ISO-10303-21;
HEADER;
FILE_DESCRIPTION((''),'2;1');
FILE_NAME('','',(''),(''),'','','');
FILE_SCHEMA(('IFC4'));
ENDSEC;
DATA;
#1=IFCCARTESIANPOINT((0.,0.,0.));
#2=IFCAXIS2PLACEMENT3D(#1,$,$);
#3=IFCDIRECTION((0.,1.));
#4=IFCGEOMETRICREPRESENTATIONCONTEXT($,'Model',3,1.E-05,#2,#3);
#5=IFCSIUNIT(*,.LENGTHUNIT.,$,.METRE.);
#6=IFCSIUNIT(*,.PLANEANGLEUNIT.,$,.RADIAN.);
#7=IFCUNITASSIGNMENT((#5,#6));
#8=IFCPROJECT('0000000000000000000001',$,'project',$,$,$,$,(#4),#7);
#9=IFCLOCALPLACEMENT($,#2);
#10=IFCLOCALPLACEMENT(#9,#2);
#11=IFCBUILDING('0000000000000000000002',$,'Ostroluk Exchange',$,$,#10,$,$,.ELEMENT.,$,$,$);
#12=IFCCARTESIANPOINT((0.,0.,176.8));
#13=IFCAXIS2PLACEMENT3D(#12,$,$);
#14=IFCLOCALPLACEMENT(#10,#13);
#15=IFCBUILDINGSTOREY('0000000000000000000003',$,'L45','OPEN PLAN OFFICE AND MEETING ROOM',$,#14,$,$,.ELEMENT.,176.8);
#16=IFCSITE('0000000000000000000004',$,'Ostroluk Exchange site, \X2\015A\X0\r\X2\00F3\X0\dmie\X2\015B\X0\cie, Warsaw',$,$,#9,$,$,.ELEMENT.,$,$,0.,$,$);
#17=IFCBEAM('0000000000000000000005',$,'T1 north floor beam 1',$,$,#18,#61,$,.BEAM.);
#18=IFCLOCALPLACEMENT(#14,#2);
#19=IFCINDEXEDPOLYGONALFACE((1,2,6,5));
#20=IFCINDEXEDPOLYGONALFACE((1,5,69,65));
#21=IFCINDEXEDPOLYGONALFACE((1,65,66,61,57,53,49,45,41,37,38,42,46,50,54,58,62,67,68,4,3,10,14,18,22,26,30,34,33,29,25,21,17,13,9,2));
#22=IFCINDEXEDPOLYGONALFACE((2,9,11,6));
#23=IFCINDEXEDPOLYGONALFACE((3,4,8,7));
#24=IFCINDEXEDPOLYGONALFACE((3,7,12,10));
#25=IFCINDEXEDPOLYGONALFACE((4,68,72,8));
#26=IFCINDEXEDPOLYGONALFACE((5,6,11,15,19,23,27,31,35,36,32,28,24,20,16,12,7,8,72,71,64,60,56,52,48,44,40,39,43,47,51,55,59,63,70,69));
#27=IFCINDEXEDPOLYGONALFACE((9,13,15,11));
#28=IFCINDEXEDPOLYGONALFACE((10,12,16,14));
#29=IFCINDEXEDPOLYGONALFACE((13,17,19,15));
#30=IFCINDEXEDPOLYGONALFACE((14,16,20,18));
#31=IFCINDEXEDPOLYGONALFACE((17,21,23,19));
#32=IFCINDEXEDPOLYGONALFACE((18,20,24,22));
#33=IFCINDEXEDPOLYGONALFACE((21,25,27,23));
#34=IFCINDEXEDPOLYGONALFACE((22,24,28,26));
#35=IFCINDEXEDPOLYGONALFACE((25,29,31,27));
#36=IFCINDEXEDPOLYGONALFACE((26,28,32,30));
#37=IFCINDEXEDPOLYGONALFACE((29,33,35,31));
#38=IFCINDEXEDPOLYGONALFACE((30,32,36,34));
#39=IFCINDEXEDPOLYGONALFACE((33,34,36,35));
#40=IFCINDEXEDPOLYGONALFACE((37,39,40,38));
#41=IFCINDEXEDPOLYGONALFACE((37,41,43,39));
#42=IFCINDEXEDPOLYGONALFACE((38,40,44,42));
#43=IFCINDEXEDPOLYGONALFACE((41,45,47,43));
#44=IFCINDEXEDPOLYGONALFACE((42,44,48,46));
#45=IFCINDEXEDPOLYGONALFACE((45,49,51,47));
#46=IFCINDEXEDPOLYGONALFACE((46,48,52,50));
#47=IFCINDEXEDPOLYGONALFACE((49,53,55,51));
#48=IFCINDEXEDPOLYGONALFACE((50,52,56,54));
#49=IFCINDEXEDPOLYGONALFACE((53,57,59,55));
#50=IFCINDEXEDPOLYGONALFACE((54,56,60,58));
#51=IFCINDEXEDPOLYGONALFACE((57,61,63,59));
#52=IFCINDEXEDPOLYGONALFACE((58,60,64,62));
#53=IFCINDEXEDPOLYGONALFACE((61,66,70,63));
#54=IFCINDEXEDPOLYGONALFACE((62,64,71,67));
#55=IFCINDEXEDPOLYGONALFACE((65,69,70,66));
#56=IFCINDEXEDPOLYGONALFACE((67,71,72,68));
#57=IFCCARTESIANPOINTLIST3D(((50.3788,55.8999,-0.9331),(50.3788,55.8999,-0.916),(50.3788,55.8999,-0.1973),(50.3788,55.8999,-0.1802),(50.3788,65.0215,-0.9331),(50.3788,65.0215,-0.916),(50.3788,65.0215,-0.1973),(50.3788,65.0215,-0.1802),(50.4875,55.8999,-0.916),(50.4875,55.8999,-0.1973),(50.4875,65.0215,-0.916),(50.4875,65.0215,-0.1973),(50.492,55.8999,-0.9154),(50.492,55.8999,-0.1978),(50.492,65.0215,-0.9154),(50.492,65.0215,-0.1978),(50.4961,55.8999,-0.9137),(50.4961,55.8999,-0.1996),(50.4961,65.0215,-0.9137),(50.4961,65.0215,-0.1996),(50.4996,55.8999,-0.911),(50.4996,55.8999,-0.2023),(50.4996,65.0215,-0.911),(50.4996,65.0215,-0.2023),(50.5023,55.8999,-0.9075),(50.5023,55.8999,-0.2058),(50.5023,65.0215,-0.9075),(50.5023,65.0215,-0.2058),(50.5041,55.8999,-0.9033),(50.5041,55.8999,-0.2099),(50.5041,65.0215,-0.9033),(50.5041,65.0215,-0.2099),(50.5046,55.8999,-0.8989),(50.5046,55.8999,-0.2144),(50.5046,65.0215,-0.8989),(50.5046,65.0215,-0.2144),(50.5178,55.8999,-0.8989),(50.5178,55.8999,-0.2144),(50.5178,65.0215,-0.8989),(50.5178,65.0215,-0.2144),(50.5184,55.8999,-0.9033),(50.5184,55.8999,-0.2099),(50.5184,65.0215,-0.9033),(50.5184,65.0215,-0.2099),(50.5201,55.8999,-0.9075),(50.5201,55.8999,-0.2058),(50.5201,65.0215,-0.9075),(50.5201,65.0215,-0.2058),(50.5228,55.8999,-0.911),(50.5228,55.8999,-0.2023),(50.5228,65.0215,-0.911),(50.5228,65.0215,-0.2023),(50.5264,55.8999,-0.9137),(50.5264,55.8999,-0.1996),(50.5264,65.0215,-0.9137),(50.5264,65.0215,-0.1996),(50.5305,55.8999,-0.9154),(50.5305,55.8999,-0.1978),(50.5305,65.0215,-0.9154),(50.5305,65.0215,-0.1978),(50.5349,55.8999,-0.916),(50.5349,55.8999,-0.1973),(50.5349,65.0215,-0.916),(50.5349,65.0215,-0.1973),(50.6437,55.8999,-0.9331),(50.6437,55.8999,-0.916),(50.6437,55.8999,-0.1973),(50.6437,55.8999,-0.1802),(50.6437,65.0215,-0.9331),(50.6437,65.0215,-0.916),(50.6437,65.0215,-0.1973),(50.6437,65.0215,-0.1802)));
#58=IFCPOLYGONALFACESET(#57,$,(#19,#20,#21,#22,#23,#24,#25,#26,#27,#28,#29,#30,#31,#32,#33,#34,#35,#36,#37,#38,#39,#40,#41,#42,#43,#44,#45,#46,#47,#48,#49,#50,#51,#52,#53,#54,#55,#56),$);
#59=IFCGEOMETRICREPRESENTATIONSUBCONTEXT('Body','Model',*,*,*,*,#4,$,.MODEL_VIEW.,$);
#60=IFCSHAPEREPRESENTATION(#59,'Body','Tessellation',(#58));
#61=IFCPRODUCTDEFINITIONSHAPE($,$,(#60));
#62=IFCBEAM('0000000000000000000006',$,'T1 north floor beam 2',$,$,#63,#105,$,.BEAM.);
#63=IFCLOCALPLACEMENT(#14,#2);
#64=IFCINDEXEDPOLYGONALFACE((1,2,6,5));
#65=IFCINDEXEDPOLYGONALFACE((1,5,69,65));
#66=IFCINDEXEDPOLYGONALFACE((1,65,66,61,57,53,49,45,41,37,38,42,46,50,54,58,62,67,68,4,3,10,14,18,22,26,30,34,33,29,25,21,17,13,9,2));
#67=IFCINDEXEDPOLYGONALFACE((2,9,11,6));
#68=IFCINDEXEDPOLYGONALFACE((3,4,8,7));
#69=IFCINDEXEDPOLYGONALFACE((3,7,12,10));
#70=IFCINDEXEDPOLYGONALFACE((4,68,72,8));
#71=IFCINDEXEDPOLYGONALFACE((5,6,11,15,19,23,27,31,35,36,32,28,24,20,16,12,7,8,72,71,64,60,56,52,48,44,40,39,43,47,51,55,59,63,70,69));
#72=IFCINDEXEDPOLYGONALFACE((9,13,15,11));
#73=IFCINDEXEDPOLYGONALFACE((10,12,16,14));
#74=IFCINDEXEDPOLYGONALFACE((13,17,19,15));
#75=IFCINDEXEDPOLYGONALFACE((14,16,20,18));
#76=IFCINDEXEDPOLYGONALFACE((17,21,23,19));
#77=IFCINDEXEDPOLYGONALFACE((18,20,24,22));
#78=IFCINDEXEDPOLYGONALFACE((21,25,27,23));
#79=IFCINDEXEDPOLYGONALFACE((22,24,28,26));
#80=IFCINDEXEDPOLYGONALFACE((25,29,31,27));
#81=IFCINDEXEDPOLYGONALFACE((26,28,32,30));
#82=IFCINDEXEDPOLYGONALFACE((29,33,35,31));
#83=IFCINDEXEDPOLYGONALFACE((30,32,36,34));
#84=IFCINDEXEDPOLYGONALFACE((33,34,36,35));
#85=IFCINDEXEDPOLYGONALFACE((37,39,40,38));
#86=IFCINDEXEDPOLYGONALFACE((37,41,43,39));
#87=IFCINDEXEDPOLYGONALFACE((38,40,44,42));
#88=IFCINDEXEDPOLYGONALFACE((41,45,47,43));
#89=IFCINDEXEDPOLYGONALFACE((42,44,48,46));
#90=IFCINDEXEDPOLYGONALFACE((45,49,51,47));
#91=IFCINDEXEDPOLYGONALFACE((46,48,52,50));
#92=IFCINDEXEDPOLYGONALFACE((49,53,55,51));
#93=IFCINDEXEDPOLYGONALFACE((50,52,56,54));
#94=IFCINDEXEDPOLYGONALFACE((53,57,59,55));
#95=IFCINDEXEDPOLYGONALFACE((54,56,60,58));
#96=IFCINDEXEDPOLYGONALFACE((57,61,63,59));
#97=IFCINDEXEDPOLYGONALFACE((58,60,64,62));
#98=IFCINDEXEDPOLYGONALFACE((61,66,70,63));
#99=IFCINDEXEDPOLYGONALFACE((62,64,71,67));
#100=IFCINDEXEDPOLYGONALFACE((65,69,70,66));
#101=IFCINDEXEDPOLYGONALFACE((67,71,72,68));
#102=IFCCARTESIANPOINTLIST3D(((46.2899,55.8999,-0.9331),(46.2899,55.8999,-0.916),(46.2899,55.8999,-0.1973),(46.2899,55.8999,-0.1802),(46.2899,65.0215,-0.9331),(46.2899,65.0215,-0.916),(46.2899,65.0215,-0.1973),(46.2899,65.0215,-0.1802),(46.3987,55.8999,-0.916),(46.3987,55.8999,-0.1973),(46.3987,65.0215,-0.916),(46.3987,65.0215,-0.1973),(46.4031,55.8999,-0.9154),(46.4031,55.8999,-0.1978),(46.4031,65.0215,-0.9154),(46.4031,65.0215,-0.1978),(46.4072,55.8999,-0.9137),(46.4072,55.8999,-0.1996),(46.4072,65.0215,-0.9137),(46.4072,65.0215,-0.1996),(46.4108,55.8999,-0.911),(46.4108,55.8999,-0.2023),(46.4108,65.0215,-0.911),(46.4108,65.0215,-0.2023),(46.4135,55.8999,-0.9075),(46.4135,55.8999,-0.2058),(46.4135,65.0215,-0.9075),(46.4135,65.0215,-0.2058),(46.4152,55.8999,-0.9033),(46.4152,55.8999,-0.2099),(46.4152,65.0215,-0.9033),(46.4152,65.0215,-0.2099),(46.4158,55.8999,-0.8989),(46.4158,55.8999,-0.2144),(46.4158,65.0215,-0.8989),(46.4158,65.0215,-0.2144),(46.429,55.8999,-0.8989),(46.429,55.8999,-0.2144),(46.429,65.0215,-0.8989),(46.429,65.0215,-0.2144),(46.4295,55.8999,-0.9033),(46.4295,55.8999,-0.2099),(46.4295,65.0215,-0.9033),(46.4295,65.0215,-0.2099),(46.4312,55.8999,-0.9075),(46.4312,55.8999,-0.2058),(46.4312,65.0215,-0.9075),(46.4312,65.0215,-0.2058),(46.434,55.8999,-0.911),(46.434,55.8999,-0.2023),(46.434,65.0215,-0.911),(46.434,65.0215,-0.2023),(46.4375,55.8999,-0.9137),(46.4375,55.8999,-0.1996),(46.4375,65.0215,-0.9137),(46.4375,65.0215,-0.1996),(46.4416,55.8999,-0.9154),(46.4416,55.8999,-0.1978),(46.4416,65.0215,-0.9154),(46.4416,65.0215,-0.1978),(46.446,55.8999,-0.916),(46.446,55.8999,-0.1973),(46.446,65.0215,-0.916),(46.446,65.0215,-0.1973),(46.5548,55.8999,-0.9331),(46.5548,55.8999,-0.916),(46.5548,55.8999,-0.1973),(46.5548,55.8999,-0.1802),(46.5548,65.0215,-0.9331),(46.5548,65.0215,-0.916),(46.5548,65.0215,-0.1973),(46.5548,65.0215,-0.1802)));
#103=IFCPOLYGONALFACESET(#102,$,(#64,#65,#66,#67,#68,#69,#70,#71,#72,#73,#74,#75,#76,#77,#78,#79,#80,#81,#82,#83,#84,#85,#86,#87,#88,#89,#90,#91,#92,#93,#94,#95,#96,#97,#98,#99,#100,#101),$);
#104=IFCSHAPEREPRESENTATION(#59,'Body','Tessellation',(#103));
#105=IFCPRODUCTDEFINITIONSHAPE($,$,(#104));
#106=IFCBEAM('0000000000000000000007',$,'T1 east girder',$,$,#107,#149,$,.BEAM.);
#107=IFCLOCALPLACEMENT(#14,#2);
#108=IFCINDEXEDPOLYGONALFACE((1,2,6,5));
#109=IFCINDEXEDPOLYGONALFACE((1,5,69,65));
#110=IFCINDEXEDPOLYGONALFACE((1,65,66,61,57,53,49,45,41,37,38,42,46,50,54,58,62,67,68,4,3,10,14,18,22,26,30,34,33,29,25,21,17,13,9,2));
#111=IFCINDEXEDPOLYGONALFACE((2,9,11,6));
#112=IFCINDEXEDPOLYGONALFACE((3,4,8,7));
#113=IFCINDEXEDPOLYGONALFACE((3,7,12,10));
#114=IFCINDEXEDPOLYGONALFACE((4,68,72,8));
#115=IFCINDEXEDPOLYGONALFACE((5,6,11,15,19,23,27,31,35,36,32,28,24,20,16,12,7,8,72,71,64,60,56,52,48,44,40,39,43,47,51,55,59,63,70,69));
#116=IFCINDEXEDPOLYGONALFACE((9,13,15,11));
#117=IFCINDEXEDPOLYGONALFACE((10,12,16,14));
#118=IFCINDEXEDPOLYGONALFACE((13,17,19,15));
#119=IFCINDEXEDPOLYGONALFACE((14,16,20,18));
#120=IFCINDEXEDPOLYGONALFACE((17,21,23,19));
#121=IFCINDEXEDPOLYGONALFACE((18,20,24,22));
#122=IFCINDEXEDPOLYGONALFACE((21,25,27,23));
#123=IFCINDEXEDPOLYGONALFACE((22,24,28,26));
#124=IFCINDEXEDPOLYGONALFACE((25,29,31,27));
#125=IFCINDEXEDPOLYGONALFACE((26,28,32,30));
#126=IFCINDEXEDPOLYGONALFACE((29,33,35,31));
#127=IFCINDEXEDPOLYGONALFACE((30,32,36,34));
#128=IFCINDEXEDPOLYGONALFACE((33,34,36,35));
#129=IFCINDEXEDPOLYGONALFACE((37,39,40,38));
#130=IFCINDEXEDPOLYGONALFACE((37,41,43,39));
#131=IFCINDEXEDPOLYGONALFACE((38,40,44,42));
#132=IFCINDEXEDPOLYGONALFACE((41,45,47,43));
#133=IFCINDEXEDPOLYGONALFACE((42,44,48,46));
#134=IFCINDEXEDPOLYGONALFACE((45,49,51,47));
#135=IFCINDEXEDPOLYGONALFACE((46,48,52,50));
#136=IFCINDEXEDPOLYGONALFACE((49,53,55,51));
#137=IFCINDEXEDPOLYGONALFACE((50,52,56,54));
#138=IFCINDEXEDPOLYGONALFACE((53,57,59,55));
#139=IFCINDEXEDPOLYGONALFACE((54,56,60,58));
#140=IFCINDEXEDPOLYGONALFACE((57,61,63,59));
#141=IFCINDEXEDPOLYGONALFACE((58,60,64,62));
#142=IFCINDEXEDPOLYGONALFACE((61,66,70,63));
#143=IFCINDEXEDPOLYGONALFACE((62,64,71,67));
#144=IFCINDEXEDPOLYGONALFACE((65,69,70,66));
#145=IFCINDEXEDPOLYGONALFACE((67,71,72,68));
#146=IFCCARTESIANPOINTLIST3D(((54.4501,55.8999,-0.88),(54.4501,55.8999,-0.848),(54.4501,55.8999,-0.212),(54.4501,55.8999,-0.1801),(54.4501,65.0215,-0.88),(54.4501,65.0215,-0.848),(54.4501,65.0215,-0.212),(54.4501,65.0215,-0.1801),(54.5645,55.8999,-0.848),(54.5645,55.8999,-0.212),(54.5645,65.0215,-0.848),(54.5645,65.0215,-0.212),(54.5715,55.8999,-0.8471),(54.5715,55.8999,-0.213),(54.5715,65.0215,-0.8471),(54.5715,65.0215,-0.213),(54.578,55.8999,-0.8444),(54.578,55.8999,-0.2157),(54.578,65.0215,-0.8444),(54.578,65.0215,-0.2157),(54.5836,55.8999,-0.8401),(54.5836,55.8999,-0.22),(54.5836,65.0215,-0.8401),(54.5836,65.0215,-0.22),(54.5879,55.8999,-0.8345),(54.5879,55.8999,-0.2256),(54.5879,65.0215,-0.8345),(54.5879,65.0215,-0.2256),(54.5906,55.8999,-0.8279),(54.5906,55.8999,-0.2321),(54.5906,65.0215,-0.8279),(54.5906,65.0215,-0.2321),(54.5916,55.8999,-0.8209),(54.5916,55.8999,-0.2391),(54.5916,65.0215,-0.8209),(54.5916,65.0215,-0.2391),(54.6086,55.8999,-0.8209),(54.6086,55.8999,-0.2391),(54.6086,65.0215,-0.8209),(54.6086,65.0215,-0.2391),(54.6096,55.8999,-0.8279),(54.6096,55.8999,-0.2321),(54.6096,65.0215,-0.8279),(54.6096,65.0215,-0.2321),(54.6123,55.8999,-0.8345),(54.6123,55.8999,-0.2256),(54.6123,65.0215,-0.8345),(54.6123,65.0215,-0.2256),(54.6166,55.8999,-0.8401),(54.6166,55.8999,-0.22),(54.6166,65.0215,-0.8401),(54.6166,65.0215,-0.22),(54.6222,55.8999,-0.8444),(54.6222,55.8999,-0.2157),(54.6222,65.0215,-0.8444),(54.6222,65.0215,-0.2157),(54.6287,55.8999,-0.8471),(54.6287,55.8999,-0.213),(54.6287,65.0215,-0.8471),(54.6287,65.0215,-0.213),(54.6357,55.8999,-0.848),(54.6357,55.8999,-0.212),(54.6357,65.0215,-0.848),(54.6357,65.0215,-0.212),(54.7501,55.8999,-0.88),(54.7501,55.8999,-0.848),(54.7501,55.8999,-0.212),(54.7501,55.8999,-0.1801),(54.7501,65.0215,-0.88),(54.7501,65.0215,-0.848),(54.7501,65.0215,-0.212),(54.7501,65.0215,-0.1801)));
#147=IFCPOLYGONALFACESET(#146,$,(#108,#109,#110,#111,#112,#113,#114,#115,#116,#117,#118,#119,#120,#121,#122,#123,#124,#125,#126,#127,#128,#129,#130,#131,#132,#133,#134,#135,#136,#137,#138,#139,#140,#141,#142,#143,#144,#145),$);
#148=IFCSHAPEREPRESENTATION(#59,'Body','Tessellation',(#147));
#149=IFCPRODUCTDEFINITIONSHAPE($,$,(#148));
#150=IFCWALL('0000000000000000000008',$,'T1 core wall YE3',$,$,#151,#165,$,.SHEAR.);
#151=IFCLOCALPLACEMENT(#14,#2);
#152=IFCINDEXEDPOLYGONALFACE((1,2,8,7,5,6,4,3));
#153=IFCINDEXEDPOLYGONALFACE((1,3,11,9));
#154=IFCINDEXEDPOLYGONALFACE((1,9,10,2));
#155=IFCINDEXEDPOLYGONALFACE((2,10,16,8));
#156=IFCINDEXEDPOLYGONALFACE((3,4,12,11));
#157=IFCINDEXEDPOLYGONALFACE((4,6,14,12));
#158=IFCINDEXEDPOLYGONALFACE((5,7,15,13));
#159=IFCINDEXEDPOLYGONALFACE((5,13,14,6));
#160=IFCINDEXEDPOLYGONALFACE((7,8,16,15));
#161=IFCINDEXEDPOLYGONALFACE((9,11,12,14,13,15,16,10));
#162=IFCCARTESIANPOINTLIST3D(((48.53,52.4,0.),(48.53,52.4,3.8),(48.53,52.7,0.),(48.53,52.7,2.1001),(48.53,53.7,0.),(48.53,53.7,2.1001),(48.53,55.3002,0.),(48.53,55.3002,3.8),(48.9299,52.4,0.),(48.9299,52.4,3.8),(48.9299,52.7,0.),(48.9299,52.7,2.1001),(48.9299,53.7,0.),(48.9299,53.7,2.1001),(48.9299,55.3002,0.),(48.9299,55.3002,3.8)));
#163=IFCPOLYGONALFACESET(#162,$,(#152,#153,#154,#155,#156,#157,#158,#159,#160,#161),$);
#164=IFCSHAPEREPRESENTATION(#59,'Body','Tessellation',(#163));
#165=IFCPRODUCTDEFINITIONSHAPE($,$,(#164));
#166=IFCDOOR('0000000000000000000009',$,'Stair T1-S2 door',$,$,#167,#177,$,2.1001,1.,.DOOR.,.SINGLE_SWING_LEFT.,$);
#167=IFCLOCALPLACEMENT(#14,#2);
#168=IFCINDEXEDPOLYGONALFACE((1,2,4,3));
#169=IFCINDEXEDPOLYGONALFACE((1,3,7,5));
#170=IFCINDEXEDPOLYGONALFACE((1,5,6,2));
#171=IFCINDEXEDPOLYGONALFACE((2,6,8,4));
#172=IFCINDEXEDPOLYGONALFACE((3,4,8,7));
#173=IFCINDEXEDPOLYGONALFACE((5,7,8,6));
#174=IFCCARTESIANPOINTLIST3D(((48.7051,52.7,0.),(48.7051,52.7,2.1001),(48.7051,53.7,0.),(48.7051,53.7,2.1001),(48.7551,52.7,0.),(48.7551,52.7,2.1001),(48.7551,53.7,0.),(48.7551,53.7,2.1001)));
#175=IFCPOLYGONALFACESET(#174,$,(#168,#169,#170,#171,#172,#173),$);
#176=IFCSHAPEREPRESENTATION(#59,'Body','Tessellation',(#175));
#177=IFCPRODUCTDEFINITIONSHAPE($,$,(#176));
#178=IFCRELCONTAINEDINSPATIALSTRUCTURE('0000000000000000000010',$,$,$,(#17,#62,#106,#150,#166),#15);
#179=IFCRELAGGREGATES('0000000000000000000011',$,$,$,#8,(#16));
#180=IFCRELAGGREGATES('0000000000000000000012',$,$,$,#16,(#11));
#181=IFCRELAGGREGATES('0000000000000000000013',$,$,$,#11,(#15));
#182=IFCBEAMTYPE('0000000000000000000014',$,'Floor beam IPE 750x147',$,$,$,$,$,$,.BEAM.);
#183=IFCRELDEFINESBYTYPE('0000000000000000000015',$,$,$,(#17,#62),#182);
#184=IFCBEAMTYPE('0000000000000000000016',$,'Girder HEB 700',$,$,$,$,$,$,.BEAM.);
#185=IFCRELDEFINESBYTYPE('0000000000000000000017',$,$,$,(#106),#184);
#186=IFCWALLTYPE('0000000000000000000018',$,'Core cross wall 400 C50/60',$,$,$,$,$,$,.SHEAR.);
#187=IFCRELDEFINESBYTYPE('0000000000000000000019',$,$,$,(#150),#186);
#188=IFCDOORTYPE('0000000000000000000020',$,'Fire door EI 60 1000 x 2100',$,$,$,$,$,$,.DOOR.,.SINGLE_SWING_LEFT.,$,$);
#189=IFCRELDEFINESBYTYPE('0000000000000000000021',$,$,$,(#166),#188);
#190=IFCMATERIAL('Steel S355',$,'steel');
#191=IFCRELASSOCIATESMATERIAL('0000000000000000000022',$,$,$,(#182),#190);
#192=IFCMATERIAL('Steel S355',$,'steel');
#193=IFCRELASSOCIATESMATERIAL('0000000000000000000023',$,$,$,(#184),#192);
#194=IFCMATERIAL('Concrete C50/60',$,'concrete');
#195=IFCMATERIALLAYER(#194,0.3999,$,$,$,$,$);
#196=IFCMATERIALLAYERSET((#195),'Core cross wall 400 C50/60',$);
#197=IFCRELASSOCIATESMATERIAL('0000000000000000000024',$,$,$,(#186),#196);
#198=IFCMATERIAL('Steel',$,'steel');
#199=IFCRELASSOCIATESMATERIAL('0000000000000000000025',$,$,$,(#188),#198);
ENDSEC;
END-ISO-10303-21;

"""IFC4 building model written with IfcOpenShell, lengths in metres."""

from ifc_helpers import new_model, si_unit, direction, frame, frame_2d, origin, origin_2d, place, context, subcontext, project, spatial, rectangle, i_section, extrude, material, layer, layer_set, material_profile, profile_set, type_object, element, fill, save


model = new_model("IFC4")

# Units and contexts
model_context = context("Model", 3, precision=1e-05, world=origin(), true_north=direction((0.0, 1.0)))
body_context = subcontext(model_context, "Body", "Model", "MODEL_VIEW")
ifc_project = project(units=[si_unit("LENGTHUNIT", "METRE"), si_unit("PLANEANGLEUNIT", "RADIAN")], contexts=[model_context])

# Site, building, storey
site_placement = place(None, origin())
site = spatial("IfcSite", under=ifc_project, at=site_placement, Name="Ostroluk Exchange site, Śródmieście, Warsaw", CompositionType="ELEMENT", RefElevation=0.0)
building_placement = place(site_placement, origin())
building = spatial("IfcBuilding", under=site, at=building_placement, Name="Ostroluk Exchange", CompositionType="ELEMENT")
storey_placement = place(building_placement, frame((0.0, 0.0, 176.8)))
storey = spatial("IfcBuildingStorey", under=building, at=storey_placement, Name="L45", Description="OPEN PLAN OFFICE AND MEETING ROOM", CompositionType="ELEMENT", Elevation=176.8)

# Beams
ifc_material_1 = material(Name="Steel S355", Category="steel")
ifc_material_profile_1 = material_profile(ifc_material_1, i_section(OverallWidth=0.2649, OverallDepth=0.7529, WebThickness=0.0132, FlangeThickness=0.0171, FilletRadius=0.0171, at=origin_2d()), Name="IPE 750x147")
ifc_profile_set_1 = profile_set([ifc_material_profile_1], Name="Steel S355")
beam_type_1 = type_object("IfcBeamType", Name="Floor beam IPE 750x147", PredefinedType="BEAM", material=ifc_profile_set_1)
for number, where, z_axis, x_axis, name in (
    (1, (50.5112, 55.8999, -0.5566), (0.0, 1.0, 0.0), (-1.0, 0.0, 0.0), "T1 north floor beam 1"),
    (2, (46.4224, 55.8999, -0.5566), (0.0, 1.0, 0.0), (-1.0, 0.0, 0.0), "T1 north floor beam 2"),
):
    element("IfcBeam", number, at=place(storey_placement, frame(where, z_axis=z_axis, x_axis=x_axis)), inside=storey, type_object=beam_type_1, Name=name, PredefinedType="BEAM", context=body_context, shape_type="SweptSolid", body=[
        extrude(i_section(OverallWidth=0.2649, OverallDepth=0.7529, WebThickness=0.0132, FlangeThickness=0.0171, FilletRadius=0.0171, at=origin_2d()), origin(), (0.0, 0.0, 1.0), 9.1216),
    ])
ifc_material_2 = material(Name="Steel S355", Category="steel")
ifc_material_profile_2 = material_profile(ifc_material_2, i_section(OverallWidth=0.3, OverallDepth=0.7, WebThickness=0.0171, FlangeThickness=0.032, FilletRadius=0.0271, at=origin_2d()), Name="HEB 700")
ifc_profile_set_2 = profile_set([ifc_material_profile_2], Name="Steel S355")
beam_type_2 = type_object("IfcBeamType", Name="Girder HEB 700", PredefinedType="BEAM", material=ifc_profile_set_2)
beam_1_placement = place(storey_placement, frame((54.6001, 55.8999, -0.53), z_axis=(0.0, 1.0, 0.0), x_axis=(-1.0, 0.0, 0.0)))
element("IfcBeam", 3, at=beam_1_placement, inside=storey, type_object=beam_type_2, Name="T1 east girder", PredefinedType="BEAM", context=body_context, shape_type="SweptSolid", body=[
    extrude(i_section(OverallWidth=0.3, OverallDepth=0.7, WebThickness=0.0171, FlangeThickness=0.032, FilletRadius=0.0271, at=origin_2d()), origin(), (0.0, 0.0, 1.0), 9.1216),
])

# Wall, opening, door
ifc_material_3 = material(Name="Concrete C50/60", Category="concrete")
ifc_layer_1 = layer(ifc_material_3, 0.3999)
ifc_layer_set_1 = layer_set([ifc_layer_1], Name="Core cross wall 400 C50/60")
wall_type_1 = type_object("IfcWallType", Name="Core cross wall 400 C50/60", PredefinedType="SHEAR", material=ifc_layer_set_1)
wall_1_placement = place(storey_placement, frame((48.73, 52.3999, 0.0), z_axis=(0.0, 0.0, 1.0), x_axis=(0.0, 1.0, 0.0)))
wall_1 = element("IfcWall", 4, at=wall_1_placement, inside=storey, type_object=wall_type_1, Name="T1 core wall YE3", PredefinedType="SHEAR", context=body_context, shape_type="SweptSolid", body=[
    extrude(rectangle(XDim=2.9001, YDim=0.3999, at=frame_2d((1.4502, 0.0))), origin(), (0.0, 0.0, 1.0), 3.8),
])
opening_1_placement = place(wall_1_placement, frame((0.3, 0.0, 0.0)))
opening_1 = element("IfcOpeningElement", 5, at=opening_1_placement, cuts=wall_1, PredefinedType="OPENING", context=body_context, shape_type="SweptSolid", body=[
    extrude(rectangle(XDim=1.0, YDim=2.1001, at=frame_2d((0.5, 1.05))), frame((0.0, 0.21, 0.0), z_axis=(0.0, -1.0, 0.0), x_axis=(1.0, 0.0, 0.0)), (0.0, 0.0, 1.0), 0.4199),
])
ifc_material_4 = material(Name="Steel", Category="steel")
door_type_1 = type_object("IfcDoorType", Name="Fire door EI 60 1000 x 2100", OperationType="SINGLE_SWING_LEFT", PredefinedType="DOOR", material=ifc_material_4)
door_1_placement = place(opening_1_placement, origin())
door_1 = element("IfcDoor", 6, at=door_1_placement, inside=storey, type_object=door_type_1, Name="Stair T1-S2 door", OperationType="SINGLE_SWING_LEFT", OverallHeight=2.1001, OverallWidth=1.0, PredefinedType="DOOR", context=body_context, shape_type="SweptSolid", body=[
    extrude(rectangle(XDim=1.0, YDim=2.1001, at=frame_2d((0.5, 1.05))), frame((0.0, 0.0249, 0.0), z_axis=(0.0, -1.0, 0.0), x_axis=(1.0, 0.0, 0.0)), (0.0, 0.0, 1.0), 0.05),
])
fill(opening_1, door_1)

save(model, "model.ifc")
